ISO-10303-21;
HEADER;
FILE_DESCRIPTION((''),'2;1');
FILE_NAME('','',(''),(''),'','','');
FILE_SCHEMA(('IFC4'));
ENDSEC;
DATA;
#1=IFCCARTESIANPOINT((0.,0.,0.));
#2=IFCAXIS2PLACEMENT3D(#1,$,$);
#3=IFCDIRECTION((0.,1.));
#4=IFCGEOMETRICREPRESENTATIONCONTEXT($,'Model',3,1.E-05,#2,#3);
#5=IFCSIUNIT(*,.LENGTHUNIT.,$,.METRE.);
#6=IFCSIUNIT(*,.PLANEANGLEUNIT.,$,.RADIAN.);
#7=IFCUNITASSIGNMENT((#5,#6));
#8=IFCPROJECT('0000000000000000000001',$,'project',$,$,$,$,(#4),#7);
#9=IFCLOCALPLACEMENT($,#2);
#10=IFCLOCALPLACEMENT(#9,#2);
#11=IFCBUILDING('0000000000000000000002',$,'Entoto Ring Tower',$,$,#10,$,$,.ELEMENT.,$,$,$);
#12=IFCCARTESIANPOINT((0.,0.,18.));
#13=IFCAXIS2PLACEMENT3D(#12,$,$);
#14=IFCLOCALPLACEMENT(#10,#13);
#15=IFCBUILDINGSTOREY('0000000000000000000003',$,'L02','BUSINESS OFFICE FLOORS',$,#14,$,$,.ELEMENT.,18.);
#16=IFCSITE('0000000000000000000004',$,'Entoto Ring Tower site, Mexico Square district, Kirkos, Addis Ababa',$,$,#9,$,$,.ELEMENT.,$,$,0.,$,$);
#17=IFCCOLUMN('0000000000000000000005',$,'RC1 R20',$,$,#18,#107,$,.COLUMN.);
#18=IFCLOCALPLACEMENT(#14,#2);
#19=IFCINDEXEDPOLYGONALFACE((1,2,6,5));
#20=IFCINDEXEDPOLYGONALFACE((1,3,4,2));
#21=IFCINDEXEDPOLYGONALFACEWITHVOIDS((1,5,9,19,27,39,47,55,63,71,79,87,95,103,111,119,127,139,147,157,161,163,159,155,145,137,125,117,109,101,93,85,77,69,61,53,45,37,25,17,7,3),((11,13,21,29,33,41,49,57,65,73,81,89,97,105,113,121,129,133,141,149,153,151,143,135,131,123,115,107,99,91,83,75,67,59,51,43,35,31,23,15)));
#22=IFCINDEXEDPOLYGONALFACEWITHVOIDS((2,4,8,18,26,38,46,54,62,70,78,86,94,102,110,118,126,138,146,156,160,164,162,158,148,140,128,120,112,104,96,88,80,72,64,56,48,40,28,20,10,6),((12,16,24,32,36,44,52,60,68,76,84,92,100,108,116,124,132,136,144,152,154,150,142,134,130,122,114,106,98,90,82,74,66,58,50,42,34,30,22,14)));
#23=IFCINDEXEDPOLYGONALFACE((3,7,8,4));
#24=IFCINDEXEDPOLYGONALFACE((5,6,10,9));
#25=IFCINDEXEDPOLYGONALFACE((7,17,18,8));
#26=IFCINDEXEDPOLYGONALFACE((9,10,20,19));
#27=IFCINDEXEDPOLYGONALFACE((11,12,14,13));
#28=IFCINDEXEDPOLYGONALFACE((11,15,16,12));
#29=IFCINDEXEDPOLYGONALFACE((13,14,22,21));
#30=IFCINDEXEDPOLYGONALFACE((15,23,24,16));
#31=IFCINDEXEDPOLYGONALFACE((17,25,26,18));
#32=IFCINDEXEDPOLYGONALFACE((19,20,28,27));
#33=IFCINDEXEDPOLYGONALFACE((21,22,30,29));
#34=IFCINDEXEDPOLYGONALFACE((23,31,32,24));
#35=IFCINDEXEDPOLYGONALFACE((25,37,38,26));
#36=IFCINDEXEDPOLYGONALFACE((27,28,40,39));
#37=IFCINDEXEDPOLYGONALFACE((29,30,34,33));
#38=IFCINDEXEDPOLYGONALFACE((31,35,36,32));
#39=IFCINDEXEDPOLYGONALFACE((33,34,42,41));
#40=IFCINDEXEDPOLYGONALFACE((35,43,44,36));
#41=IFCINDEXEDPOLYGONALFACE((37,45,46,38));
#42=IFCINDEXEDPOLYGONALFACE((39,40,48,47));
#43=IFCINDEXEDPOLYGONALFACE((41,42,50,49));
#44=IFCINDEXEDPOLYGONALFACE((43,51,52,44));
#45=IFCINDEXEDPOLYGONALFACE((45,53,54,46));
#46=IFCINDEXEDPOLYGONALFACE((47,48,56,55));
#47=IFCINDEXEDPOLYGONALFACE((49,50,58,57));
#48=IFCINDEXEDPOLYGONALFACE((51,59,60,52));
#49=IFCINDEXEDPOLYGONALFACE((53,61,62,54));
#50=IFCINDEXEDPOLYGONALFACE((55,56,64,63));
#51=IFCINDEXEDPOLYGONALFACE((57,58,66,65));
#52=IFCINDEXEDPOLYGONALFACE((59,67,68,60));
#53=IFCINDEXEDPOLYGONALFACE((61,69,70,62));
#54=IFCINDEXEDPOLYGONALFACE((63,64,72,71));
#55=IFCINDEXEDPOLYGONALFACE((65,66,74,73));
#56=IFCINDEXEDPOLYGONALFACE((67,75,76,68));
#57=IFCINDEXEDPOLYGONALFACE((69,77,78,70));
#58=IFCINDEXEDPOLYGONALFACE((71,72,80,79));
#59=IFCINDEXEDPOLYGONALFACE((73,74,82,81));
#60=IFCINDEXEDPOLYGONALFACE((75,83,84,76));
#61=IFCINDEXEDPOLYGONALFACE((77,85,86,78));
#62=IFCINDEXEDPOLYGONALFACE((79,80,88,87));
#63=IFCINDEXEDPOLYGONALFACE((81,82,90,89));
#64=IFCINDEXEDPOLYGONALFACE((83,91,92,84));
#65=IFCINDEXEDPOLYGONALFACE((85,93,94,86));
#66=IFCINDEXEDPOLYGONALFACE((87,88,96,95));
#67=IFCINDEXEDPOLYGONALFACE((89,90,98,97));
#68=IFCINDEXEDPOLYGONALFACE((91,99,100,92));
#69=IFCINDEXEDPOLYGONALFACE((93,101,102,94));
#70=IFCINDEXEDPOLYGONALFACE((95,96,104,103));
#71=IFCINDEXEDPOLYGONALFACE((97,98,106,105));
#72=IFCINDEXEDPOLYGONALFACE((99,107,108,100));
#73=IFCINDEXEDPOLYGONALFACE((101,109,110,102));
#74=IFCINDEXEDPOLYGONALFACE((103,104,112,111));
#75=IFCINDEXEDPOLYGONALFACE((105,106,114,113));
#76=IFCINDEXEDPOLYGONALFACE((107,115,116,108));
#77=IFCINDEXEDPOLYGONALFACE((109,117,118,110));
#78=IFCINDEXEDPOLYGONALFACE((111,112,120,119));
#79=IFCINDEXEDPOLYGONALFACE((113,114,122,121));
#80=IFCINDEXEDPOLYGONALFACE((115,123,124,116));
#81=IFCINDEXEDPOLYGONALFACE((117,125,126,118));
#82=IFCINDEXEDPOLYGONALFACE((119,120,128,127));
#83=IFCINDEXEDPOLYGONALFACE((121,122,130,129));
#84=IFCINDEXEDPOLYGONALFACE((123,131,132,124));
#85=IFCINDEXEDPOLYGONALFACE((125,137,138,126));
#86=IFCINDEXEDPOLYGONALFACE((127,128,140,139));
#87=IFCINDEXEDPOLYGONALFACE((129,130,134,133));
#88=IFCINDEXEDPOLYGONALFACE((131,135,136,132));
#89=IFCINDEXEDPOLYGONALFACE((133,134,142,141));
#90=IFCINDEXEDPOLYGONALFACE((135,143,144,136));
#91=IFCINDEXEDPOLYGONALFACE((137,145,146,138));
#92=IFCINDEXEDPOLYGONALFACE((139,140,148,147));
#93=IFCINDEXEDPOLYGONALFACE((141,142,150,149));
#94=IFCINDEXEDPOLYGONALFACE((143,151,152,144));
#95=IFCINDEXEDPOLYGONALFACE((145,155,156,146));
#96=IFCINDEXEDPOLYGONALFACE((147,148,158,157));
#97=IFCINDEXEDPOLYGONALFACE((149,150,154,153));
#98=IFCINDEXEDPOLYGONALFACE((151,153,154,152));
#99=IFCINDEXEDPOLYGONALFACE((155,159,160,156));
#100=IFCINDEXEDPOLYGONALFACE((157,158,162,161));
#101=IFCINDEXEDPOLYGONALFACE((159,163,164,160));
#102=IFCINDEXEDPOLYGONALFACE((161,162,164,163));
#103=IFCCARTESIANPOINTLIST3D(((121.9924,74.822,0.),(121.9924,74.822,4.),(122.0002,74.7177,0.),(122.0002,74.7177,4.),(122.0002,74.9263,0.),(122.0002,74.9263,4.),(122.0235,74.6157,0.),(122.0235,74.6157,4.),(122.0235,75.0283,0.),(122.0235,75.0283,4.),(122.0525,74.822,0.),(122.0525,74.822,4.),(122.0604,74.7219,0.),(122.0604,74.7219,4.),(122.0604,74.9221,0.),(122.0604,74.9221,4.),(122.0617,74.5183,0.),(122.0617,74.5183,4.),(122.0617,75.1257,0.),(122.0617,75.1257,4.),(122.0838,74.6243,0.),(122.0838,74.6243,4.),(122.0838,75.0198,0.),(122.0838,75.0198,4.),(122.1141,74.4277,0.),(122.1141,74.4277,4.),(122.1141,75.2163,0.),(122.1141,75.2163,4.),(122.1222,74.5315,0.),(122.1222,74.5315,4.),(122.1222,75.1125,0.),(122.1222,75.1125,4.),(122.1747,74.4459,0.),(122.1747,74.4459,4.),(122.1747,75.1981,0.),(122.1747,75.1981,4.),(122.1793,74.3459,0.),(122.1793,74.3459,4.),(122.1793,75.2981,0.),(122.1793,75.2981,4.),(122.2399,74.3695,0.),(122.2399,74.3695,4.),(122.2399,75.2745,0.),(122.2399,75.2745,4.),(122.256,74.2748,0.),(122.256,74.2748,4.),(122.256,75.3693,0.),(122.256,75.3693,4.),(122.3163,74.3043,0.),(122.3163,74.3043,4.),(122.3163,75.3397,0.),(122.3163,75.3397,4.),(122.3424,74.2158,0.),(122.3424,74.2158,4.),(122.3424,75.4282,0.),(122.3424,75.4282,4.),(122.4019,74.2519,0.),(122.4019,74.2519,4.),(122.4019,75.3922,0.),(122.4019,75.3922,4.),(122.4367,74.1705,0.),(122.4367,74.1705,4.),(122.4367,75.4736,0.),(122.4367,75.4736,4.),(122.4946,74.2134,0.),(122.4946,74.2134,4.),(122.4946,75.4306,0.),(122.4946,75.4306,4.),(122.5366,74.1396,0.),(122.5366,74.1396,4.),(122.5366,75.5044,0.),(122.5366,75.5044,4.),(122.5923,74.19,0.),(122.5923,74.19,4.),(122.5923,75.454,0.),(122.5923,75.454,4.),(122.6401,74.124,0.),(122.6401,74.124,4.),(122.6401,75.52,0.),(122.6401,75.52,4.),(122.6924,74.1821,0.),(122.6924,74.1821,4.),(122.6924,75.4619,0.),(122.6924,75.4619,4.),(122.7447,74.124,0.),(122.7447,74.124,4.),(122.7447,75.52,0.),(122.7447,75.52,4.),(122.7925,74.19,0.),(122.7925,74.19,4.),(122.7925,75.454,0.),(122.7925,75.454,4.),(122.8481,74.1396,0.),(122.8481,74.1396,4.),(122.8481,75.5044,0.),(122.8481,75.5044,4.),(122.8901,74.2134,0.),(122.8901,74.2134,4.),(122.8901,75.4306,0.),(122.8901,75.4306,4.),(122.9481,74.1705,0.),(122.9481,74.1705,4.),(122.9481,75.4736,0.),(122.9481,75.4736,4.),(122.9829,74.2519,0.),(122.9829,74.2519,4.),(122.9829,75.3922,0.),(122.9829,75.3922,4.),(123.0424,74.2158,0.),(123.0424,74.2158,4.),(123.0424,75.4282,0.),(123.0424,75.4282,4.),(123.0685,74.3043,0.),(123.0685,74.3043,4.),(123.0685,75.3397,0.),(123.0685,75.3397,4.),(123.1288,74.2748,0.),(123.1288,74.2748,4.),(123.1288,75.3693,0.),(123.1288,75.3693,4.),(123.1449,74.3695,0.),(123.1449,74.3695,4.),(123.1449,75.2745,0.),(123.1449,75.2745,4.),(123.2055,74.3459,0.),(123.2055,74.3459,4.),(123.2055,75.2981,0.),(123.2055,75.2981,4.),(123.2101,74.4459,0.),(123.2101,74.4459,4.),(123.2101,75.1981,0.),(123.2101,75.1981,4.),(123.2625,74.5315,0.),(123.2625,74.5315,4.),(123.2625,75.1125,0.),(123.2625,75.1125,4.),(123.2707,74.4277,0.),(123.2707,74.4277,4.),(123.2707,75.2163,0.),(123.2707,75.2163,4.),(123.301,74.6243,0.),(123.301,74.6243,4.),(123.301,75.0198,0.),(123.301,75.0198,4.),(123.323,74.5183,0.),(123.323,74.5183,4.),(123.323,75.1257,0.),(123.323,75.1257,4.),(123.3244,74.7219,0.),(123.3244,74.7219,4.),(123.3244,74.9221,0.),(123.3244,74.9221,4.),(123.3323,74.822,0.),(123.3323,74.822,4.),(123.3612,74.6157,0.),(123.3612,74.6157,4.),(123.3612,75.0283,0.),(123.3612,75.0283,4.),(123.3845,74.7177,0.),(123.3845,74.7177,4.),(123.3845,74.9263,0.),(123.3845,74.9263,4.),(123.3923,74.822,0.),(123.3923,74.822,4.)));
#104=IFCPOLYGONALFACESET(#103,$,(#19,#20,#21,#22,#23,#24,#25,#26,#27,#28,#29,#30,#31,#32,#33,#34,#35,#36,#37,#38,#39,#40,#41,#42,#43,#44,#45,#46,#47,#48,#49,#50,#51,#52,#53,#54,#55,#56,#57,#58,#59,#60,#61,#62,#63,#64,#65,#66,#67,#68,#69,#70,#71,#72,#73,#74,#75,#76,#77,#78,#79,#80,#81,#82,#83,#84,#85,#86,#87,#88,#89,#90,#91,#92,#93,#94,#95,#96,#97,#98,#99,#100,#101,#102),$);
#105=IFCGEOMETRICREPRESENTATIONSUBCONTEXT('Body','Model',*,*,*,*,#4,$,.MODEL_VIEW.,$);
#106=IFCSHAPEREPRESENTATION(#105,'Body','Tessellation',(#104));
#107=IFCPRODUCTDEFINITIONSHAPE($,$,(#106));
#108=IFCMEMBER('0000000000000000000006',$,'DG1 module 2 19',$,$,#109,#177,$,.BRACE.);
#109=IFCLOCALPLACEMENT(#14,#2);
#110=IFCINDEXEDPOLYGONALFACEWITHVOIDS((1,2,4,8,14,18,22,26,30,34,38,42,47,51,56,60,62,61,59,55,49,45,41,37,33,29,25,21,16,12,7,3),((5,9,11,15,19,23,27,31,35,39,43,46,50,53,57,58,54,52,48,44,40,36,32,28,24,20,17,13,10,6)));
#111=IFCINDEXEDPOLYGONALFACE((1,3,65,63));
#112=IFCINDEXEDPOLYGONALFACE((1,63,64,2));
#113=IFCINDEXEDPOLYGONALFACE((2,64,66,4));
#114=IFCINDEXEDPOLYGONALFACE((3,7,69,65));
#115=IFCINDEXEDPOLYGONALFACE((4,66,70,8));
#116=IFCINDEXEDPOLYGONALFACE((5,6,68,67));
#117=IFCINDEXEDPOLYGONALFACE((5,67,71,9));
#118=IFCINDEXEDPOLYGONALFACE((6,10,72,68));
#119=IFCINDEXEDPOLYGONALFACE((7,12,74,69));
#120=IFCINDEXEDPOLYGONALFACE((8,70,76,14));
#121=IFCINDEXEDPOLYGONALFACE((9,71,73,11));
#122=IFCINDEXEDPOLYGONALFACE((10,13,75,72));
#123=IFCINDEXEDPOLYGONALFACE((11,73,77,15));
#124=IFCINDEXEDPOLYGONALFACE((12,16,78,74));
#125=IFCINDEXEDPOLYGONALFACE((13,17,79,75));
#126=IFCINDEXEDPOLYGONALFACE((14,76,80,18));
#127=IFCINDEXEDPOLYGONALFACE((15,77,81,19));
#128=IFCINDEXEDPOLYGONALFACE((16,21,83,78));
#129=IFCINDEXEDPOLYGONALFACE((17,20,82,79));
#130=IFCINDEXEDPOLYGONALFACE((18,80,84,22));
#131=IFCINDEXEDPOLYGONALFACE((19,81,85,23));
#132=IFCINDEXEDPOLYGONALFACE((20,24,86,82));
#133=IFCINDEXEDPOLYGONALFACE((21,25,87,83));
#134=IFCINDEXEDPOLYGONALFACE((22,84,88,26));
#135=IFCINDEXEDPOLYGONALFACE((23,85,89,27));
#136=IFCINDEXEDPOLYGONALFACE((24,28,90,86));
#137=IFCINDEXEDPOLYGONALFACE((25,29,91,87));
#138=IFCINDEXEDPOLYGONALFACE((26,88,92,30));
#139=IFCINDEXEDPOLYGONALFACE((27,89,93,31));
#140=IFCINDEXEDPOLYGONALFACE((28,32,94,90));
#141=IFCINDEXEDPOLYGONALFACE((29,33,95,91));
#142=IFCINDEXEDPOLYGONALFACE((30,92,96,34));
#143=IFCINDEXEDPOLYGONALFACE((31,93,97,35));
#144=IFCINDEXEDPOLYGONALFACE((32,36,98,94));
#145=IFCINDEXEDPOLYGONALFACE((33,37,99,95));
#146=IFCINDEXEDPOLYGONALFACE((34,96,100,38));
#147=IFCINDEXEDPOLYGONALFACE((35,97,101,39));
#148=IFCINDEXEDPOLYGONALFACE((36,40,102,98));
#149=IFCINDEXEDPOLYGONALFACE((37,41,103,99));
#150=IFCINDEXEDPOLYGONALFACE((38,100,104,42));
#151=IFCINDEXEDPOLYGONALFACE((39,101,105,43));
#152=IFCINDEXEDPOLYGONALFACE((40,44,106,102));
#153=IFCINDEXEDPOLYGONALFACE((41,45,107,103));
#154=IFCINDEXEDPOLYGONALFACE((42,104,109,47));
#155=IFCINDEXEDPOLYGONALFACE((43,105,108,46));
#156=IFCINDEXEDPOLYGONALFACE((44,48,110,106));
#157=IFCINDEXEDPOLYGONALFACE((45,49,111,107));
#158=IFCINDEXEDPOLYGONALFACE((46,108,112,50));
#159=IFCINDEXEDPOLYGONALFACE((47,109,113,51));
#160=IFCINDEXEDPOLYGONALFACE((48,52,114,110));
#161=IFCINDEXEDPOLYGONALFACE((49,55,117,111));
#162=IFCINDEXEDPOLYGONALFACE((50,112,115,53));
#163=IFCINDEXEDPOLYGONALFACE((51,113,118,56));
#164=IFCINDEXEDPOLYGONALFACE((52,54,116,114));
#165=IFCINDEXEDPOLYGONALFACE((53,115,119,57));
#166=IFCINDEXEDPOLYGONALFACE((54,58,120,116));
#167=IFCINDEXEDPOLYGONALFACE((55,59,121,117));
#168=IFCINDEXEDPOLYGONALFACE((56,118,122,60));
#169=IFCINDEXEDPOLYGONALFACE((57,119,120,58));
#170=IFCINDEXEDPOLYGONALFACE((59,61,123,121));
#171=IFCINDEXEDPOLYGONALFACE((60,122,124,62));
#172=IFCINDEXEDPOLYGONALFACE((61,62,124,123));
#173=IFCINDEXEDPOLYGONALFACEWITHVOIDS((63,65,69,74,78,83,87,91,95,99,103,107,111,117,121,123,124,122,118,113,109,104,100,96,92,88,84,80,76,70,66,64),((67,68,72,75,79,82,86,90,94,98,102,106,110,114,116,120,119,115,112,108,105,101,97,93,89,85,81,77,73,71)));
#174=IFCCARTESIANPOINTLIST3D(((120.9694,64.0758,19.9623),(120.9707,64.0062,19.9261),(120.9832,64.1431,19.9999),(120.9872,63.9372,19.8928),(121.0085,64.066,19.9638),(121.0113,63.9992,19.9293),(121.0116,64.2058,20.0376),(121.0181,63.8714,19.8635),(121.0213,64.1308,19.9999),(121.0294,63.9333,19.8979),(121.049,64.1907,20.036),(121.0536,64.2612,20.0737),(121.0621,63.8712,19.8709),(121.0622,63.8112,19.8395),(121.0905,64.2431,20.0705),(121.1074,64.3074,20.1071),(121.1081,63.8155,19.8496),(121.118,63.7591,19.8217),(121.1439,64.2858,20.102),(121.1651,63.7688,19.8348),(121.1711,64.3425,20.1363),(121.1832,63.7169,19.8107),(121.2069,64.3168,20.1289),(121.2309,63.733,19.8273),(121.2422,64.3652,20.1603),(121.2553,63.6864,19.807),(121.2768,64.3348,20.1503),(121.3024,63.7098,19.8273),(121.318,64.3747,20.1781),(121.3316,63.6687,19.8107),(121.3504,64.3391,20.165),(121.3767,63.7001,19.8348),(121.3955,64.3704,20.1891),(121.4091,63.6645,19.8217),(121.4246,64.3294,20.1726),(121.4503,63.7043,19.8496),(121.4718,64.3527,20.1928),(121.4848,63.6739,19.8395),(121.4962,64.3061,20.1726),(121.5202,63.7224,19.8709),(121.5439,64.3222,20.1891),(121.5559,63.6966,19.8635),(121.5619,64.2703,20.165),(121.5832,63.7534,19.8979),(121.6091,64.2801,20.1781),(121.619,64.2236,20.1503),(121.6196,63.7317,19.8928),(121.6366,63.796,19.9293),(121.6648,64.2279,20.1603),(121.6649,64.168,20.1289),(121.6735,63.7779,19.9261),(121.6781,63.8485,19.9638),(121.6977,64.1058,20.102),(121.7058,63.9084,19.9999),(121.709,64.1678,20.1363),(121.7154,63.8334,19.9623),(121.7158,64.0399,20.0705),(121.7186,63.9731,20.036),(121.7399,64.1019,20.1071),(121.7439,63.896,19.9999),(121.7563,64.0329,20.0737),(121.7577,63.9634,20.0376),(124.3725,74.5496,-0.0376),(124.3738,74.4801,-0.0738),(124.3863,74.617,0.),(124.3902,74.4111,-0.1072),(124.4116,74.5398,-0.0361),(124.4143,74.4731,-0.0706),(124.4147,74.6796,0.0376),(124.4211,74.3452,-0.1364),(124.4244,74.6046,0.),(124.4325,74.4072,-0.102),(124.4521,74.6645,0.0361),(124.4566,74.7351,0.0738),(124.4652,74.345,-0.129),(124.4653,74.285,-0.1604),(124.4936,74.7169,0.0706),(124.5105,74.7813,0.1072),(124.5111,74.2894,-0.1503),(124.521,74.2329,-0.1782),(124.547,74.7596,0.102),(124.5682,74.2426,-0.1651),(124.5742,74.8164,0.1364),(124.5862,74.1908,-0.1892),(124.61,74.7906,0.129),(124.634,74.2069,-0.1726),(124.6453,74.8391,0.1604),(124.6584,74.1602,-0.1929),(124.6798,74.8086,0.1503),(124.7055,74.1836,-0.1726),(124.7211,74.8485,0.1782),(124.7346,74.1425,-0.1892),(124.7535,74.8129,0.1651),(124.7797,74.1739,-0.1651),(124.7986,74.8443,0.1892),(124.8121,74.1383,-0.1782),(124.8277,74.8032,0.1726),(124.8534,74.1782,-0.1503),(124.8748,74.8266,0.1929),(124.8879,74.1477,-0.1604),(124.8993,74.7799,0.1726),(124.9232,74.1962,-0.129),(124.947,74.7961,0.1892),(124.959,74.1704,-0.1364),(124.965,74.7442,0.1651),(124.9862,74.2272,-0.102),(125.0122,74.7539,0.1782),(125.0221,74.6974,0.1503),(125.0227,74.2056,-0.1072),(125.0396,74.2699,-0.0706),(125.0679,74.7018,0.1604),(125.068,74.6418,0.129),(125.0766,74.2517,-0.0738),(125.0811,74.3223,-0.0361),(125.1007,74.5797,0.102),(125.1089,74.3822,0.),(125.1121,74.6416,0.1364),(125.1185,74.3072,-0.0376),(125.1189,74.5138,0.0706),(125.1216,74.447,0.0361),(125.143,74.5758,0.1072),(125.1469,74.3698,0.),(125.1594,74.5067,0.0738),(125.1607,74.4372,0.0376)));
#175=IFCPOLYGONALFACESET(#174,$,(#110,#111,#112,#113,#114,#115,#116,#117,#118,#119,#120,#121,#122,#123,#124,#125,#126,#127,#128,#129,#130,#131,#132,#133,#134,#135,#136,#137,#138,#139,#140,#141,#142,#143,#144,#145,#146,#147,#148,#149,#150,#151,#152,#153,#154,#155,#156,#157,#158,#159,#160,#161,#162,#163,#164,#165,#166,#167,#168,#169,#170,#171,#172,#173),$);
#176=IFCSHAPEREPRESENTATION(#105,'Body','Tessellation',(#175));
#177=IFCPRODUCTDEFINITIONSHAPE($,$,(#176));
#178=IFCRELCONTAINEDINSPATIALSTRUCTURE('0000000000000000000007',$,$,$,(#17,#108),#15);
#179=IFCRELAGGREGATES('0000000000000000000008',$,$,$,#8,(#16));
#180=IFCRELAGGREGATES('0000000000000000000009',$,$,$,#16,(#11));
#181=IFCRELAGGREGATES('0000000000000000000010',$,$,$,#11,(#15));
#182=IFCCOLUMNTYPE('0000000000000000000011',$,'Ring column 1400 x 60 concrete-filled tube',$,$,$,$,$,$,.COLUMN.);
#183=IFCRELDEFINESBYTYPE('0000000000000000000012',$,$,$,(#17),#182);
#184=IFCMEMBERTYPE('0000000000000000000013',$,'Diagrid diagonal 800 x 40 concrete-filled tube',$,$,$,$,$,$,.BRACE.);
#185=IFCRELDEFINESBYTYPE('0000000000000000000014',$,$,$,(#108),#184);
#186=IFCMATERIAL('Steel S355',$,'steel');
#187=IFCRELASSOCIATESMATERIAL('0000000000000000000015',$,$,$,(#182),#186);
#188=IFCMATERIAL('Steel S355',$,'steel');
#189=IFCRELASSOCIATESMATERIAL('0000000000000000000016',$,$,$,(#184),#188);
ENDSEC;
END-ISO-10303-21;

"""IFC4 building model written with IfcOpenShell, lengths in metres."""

from ifc_helpers import new_model, si_unit, direction, frame, origin, origin_2d, place, context, subcontext, project, spatial, circle, hollow_circle, extrude, material, material_profile, profile_set, type_object, element, save


model = new_model("IFC4")

# Units and contexts
model_context = context("Model", 3, precision=1e-05, world=origin(), true_north=direction((0.0, 1.0)))
body_context = subcontext(model_context, "Body", "Model", "MODEL_VIEW")
ifc_project = project(units=[si_unit("LENGTHUNIT", "METRE"), si_unit("PLANEANGLEUNIT", "RADIAN")], contexts=[model_context])

# Site, building, storey
site_placement = place(None, origin())
site = spatial("IfcSite", under=ifc_project, at=site_placement, Name="Entoto Ring Tower site, Mexico Square district, Kirkos, Addis Ababa", CompositionType="ELEMENT", RefElevation=0.0)
building_placement = place(site_placement, origin())
building = spatial("IfcBuilding", under=site, at=building_placement, Name="Entoto Ring Tower", CompositionType="ELEMENT")
storey_placement = place(building_placement, frame((0.0, 0.0, 18.0)))
storey = spatial("IfcBuildingStorey", under=building, at=storey_placement, Name="L02", Description="BUSINESS OFFICE FLOORS", CompositionType="ELEMENT", Elevation=18.0)

# Column
ifc_material_1 = material(Name="Steel S355", Category="steel")
ifc_material_profile_1 = material_profile(ifc_material_1, hollow_circle(Radius=0.7, WallThickness=0.0601, at=origin_2d()), Name="CHS 1400 x 60")
ifc_material_2 = material(Name="Concrete C60/75", Category="concrete")
ifc_material_profile_2 = material_profile(ifc_material_2, circle(Radius=0.6399, at=origin_2d()), Name="Concrete C60/75 infill")
ifc_profile_set_1 = profile_set([ifc_material_profile_1, ifc_material_profile_2], Name="Steel S355")
column_type = type_object("IfcColumnType", Name="Ring column 1400 x 60 concrete-filled tube", PredefinedType="COLUMN", material=ifc_profile_set_1)
column_placement = place(storey_placement, frame((122.6924, 74.822, 0.0), z_axis=(0.0, 0.0, 1.0), x_axis=(1.0, 0.0, 0.0)))
element("IfcColumn", 1, at=column_placement, inside=storey, type_object=column_type, Name="RC1 R20", PredefinedType="COLUMN", context=body_context, shape_type="SweptSolid", body=[
    extrude(hollow_circle(Radius=0.7, WallThickness=0.0601, at=origin_2d()), origin(), (0.0, 0.0, 1.0), 4.0),
])

# Member
ifc_material_3 = material(Name="Steel S355", Category="steel")
ifc_material_profile_3 = material_profile(ifc_material_3, hollow_circle(Radius=0.3999, WallThickness=0.04, at=origin_2d()), Name="CHS 800 x 40")
ifc_material_4 = material(Name="Concrete C60/75", Category="concrete")
ifc_material_profile_4 = material_profile(ifc_material_4, circle(Radius=0.3601, at=origin_2d()), Name="Concrete C60/75 infill")
ifc_profile_set_2 = profile_set([ifc_material_profile_3, ifc_material_profile_4], Name="Steel S355")
member_type_1 = type_object("IfcMemberType", Name="Diagrid diagonal 800 x 40 concrete-filled tube", PredefinedType="BRACE", material=ifc_profile_set_2)
member_1_placement = place(storey_placement, frame((124.7666, 74.4934, 0.0), z_axis=(-0.149051, -0.458744, 0.875978), x_axis=(0.951059, -0.309009, 0.0)))
element("IfcMember", 2, at=member_1_placement, inside=storey, type_object=member_type_1, Name="DG1 module 2 19", PredefinedType="BRACE", context=body_context, shape_type="SweptSolid", body=[
    extrude(hollow_circle(Radius=0.3999, WallThickness=0.04, at=origin_2d()), origin(), (0.0, 0.0, 1.0), 22.8315),
])

save(model, "model.ifc")
